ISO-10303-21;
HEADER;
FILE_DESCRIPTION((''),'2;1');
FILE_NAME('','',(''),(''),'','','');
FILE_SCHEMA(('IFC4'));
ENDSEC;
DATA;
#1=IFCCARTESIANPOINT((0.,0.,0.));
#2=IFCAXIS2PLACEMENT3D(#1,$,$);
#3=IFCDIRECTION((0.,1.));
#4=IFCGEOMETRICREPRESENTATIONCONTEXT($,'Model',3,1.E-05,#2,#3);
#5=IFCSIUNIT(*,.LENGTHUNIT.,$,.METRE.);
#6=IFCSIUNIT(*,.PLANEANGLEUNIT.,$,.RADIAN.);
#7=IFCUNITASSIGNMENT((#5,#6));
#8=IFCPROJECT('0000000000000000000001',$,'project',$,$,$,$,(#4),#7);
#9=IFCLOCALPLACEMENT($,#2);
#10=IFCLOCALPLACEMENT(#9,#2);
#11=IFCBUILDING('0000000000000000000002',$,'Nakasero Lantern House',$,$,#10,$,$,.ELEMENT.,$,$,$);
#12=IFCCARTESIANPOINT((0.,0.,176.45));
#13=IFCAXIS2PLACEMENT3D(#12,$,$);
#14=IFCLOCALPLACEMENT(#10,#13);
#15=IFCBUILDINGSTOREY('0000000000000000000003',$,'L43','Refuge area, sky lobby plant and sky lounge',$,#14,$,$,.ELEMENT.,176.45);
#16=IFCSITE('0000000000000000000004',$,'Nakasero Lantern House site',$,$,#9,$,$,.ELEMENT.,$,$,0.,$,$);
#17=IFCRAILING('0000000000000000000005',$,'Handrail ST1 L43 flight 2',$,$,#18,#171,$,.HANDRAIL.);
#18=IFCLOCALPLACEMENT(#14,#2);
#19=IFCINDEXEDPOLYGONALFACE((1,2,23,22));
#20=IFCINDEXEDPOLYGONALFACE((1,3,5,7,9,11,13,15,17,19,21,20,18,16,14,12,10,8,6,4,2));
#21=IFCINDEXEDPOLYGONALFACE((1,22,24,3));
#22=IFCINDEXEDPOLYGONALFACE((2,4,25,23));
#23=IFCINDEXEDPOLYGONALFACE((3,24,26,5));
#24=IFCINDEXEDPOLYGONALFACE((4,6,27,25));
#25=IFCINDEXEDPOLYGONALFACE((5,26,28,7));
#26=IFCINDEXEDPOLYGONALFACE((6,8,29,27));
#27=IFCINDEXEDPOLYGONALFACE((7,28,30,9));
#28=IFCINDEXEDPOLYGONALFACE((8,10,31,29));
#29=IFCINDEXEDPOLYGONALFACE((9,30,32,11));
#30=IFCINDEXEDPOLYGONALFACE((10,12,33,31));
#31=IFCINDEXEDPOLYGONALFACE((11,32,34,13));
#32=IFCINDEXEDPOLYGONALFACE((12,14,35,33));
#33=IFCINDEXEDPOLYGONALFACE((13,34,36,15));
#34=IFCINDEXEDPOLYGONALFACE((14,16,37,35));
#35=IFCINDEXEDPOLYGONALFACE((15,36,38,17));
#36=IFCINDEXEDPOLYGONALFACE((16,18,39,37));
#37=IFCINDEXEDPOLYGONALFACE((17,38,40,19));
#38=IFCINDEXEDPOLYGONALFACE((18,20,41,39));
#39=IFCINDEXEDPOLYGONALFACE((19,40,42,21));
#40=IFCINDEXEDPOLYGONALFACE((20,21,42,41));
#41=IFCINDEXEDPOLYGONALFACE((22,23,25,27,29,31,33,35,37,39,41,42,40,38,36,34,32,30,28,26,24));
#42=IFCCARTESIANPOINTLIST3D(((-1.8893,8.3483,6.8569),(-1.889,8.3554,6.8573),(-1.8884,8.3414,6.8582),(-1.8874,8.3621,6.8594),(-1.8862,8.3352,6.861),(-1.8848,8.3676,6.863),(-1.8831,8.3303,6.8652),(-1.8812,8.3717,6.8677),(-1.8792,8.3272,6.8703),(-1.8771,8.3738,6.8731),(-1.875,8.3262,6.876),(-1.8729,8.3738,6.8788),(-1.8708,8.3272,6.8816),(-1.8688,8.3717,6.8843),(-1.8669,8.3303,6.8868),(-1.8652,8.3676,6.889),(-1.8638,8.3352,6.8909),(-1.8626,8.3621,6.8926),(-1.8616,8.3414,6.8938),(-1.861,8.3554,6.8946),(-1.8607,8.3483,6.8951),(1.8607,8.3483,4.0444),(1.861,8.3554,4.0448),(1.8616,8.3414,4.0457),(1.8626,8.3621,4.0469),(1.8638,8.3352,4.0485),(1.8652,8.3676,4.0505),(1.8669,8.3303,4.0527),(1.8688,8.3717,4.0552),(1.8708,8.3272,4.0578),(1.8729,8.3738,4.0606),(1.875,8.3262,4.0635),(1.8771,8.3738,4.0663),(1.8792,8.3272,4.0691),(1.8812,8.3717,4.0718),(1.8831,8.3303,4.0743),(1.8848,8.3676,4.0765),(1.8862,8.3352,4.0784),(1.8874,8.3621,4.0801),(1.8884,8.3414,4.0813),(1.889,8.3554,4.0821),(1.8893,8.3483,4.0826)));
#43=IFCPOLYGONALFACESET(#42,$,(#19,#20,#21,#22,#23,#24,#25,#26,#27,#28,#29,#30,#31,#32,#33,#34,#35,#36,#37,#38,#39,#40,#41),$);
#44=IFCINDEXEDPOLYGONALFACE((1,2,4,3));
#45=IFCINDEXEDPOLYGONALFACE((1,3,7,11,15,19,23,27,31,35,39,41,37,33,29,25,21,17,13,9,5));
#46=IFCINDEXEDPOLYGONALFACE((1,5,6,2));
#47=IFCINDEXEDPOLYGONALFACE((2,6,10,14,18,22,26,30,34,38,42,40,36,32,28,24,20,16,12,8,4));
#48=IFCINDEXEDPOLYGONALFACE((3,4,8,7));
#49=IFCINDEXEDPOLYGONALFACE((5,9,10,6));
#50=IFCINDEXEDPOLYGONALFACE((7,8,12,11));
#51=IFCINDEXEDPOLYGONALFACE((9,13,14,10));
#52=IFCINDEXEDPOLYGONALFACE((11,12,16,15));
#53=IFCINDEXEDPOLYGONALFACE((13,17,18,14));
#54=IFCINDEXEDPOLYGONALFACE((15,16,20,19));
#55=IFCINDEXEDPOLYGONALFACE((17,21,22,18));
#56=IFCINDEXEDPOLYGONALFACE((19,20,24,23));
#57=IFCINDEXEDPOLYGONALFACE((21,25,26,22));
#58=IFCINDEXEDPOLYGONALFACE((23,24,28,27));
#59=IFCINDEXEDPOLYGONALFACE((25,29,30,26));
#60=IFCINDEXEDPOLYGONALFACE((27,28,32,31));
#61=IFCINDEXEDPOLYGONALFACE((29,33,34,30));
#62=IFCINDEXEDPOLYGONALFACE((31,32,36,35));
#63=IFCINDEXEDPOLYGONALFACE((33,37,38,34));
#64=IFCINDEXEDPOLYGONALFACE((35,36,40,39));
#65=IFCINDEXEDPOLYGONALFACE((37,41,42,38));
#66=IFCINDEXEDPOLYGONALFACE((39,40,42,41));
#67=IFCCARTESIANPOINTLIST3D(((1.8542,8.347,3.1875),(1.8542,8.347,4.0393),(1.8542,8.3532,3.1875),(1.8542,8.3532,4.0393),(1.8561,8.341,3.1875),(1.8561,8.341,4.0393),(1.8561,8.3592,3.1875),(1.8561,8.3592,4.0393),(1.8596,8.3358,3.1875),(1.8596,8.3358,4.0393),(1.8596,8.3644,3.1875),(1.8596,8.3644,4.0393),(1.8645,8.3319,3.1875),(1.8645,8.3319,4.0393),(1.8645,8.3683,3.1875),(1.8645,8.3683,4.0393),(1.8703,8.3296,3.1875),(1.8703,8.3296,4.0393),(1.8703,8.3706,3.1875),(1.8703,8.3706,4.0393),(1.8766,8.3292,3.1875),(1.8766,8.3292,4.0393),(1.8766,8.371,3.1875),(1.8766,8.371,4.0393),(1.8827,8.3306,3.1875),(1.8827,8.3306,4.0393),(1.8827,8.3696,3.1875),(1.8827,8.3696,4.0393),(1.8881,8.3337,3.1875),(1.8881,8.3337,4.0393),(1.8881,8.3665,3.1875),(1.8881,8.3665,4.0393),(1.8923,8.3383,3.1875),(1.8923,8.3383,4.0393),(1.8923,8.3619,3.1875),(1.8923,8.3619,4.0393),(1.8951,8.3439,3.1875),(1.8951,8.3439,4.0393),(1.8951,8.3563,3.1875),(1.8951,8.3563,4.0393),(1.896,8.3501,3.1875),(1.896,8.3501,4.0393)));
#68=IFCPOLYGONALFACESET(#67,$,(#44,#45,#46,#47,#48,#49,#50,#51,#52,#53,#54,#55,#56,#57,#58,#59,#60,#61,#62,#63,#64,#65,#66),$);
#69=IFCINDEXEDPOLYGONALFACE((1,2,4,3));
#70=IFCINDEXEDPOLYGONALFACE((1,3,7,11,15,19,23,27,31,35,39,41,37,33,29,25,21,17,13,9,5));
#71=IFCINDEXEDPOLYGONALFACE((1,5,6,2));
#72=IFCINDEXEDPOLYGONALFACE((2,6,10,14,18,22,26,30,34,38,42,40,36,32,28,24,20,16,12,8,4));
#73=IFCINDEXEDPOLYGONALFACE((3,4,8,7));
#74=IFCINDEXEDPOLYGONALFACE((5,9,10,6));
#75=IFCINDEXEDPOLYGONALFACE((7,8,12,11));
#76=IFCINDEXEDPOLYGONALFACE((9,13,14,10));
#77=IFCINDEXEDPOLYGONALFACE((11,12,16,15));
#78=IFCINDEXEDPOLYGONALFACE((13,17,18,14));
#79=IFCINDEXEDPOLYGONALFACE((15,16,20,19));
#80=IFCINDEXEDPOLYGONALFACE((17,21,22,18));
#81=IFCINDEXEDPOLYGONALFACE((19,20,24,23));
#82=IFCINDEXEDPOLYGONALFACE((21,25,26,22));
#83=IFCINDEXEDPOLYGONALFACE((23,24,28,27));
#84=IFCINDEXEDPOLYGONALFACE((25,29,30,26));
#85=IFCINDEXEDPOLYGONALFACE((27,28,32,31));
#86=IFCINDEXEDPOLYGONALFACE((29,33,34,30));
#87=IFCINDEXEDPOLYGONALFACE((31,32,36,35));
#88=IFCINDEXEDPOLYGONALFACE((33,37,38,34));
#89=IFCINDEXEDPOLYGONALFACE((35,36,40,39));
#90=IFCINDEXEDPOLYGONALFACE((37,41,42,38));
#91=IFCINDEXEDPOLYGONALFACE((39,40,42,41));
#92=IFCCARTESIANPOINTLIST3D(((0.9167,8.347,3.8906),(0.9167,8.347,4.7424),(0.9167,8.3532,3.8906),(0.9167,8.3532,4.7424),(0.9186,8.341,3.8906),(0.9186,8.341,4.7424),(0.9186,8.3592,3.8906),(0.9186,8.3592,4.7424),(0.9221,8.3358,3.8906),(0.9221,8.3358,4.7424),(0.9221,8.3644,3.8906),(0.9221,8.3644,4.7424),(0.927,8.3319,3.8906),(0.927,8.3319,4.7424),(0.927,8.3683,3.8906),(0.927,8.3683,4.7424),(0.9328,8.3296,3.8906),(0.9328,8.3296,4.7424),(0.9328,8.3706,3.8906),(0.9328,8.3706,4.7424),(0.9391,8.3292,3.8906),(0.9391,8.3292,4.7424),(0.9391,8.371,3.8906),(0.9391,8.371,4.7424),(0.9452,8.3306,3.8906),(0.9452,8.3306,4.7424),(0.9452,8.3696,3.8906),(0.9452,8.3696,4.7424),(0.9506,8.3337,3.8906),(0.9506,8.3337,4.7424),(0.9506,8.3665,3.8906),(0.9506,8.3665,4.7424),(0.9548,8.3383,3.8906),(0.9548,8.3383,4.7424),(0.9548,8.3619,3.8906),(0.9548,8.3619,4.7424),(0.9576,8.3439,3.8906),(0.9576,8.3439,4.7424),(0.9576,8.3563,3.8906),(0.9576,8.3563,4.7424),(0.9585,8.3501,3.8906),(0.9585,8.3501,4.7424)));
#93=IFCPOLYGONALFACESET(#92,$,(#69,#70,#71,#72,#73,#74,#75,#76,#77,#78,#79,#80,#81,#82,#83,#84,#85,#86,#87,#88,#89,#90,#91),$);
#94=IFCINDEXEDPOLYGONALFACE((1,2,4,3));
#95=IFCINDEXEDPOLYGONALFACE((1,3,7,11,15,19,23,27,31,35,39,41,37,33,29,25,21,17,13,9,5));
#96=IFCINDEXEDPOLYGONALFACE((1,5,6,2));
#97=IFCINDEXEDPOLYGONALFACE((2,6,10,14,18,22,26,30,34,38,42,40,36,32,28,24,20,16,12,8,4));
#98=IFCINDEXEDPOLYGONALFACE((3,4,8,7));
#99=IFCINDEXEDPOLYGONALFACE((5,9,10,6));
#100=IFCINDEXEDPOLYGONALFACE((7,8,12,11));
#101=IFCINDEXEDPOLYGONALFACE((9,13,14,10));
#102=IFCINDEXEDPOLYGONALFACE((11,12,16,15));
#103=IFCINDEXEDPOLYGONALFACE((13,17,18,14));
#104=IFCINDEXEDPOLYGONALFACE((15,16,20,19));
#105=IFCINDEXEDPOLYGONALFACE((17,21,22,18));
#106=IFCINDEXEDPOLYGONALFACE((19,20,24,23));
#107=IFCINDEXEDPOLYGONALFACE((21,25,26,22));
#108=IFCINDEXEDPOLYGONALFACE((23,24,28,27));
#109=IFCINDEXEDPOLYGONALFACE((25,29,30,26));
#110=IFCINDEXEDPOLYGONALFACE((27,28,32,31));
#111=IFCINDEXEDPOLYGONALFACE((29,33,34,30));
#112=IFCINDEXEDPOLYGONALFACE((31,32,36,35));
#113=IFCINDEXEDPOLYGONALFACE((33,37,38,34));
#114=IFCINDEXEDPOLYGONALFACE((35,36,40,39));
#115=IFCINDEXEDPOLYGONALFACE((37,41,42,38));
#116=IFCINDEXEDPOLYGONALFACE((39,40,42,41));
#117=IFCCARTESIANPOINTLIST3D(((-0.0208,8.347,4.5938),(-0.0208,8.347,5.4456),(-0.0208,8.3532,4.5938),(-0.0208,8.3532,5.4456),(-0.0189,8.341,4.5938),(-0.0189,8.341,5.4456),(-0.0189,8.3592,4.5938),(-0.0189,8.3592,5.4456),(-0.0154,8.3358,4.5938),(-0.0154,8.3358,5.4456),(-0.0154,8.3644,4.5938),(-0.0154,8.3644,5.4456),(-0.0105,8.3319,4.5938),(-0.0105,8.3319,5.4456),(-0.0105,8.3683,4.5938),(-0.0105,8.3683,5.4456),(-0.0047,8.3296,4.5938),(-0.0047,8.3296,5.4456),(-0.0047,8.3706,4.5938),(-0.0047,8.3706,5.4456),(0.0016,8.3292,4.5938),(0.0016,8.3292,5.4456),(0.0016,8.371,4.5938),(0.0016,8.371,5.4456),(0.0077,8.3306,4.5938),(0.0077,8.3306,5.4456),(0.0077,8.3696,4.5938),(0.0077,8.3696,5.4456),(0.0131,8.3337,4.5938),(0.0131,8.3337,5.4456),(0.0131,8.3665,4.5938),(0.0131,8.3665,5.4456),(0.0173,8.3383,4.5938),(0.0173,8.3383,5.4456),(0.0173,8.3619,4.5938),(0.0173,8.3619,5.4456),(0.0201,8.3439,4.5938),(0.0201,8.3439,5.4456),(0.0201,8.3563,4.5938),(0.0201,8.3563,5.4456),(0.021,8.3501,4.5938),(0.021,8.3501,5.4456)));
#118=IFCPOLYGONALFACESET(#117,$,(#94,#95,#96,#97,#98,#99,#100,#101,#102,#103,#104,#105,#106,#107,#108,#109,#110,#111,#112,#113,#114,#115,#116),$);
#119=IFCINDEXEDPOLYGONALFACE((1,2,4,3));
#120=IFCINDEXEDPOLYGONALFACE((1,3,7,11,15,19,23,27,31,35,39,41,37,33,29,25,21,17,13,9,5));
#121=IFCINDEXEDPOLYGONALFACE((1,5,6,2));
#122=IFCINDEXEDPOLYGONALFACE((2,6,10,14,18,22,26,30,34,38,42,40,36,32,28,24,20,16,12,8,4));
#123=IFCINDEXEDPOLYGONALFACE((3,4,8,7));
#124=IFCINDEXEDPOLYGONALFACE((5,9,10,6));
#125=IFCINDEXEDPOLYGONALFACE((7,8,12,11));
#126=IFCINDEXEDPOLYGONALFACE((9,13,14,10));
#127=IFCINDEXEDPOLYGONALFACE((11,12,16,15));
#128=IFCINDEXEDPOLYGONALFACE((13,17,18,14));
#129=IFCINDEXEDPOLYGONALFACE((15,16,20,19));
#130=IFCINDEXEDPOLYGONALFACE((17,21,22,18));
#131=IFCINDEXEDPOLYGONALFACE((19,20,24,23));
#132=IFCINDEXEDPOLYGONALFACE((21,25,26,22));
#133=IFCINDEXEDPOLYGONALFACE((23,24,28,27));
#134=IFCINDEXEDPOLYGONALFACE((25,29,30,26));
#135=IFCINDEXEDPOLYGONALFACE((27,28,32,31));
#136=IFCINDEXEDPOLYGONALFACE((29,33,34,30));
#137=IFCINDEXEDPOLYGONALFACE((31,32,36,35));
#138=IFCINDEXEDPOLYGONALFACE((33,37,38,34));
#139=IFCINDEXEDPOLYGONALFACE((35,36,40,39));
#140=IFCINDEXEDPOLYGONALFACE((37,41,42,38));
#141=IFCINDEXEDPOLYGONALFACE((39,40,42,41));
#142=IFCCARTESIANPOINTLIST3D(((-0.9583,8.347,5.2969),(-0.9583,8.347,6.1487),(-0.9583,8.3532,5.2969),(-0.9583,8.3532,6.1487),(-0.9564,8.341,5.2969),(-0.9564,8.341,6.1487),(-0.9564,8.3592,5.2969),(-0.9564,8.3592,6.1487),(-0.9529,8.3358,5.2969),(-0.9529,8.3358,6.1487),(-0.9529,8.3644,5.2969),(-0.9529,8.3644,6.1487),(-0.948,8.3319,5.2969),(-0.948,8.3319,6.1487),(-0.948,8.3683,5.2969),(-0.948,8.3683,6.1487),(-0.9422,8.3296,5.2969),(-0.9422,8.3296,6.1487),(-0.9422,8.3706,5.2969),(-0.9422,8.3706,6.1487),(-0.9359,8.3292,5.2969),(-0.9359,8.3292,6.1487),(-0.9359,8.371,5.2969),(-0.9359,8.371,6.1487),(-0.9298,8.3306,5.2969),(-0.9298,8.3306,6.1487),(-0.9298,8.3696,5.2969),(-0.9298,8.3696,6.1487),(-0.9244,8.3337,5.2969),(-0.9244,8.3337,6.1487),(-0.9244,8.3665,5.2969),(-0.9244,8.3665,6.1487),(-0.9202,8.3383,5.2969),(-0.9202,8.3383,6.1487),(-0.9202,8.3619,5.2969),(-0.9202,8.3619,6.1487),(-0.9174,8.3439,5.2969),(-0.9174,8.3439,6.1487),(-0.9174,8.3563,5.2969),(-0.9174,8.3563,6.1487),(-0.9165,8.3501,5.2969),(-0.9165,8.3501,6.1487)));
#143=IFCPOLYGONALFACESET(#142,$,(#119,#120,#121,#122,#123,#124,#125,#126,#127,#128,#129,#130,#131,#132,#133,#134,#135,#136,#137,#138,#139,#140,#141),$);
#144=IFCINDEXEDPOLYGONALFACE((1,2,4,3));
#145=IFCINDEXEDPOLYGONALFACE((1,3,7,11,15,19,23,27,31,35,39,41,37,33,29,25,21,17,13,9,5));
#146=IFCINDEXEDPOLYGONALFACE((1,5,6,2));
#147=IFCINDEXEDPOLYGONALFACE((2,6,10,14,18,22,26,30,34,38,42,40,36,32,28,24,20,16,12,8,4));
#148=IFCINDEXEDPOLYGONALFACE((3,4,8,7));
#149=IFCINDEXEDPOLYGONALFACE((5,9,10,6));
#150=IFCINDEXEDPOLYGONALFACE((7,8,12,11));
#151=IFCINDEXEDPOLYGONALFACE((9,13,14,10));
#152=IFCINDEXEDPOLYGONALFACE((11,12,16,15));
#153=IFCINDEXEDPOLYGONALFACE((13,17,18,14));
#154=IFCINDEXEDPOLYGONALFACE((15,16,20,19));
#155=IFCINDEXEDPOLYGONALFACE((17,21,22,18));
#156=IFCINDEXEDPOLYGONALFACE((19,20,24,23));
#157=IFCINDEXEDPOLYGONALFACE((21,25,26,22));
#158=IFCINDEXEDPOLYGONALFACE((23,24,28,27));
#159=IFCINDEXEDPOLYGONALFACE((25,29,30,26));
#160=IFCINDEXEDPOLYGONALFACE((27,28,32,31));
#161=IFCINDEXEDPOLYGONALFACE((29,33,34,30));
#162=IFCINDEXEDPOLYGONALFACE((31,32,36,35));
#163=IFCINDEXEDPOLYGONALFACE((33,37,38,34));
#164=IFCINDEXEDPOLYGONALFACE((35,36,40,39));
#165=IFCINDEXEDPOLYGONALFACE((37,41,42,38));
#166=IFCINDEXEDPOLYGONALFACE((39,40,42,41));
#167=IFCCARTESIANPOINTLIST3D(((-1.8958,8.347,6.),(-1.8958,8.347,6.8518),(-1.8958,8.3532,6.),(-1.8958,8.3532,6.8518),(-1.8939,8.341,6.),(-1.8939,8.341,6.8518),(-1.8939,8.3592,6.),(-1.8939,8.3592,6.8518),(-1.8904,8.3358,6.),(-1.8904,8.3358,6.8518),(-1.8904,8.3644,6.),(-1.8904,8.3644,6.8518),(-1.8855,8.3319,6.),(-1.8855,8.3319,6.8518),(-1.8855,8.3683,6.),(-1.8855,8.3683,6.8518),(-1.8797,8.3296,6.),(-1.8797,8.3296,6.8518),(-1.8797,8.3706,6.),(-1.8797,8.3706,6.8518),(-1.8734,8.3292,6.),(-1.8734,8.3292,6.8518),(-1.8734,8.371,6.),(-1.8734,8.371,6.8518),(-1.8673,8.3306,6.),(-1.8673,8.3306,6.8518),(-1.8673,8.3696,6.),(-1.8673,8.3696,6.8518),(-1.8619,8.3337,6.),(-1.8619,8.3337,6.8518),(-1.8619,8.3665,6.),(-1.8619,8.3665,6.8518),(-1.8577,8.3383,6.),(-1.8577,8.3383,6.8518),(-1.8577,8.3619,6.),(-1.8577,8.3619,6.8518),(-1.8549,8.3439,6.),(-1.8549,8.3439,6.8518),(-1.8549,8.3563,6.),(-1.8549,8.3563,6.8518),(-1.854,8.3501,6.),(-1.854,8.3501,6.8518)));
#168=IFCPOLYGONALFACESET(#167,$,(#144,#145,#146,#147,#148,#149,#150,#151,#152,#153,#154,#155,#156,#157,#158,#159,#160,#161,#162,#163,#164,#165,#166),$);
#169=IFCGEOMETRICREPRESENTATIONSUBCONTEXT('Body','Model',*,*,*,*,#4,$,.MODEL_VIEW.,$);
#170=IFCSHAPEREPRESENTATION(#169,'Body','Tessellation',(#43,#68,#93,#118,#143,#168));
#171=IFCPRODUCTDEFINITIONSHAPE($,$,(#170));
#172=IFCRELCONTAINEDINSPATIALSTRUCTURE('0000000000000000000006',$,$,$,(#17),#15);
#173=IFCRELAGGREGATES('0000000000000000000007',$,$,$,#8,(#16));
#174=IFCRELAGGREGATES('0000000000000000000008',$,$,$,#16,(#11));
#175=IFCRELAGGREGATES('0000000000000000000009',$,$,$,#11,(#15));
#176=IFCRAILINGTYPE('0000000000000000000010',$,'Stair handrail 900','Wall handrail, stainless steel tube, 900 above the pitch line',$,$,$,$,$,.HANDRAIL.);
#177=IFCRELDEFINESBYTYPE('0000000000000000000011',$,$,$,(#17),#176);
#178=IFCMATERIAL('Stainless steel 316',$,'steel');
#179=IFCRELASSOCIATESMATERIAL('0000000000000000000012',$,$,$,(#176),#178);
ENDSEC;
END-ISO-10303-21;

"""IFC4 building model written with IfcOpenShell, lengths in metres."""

from ifc_helpers import new_model, si_unit, direction, frame, origin, origin_2d, place, context, subcontext, project, spatial, circle, extrude, material, type_object, element, save


model = new_model("IFC4")

# Units and contexts
model_context = context("Model", 3, precision=1e-05, world=origin(), true_north=direction((0.0, 1.0)))
body_context = subcontext(model_context, "Body", "Model", "MODEL_VIEW")
ifc_project = project(units=[si_unit("LENGTHUNIT", "METRE"), si_unit("PLANEANGLEUNIT", "RADIAN")], contexts=[model_context])

# Site, building, storey
site_placement = place(None, origin())
site = spatial("IfcSite", under=ifc_project, at=site_placement, Name="Nakasero Lantern House site", CompositionType="ELEMENT", RefElevation=0.0)
building_placement = place(site_placement, origin())
building = spatial("IfcBuilding", under=site, at=building_placement, Name="Nakasero Lantern House", CompositionType="ELEMENT")
storey_placement = place(building_placement, frame((0.0, 0.0, 176.45)))
storey = spatial("IfcBuildingStorey", under=building, at=storey_placement, Name="L43", Description="Refuge area, sky lobby plant and sky lounge", CompositionType="ELEMENT", Elevation=176.45)

# Railing
ifc_material_1 = material(Name="Stainless steel 316", Category="steel")
railing_type = type_object("IfcRailingType", Name="Stair handrail 900", Description="Wall handrail, stainless steel tube, 900 above the pitch line", PredefinedType="HANDRAIL", material=ifc_material_1)
railing_placement = place(storey_placement, frame((1.875, 8.3501, 3.1875)))
element("IfcRailing", 1, at=railing_placement, inside=storey, type_object=railing_type, Name="Handrail ST1 L43 flight 2", PredefinedType="HANDRAIL", context=body_context, shape_type="SweptSolid", body=[
    extrude(circle(Radius=0.0239, at=origin_2d()), frame((0.0, 0.0, 0.876), z_axis=(-0.8, 0.0, 0.6), x_axis=(0.0, -1.0, 0.0)), (0.0, 0.0, 1.0), 4.6875),
    extrude(circle(Radius=0.021, at=origin_2d()), origin(), (0.0, 0.0, 1.0), 0.8518),
    extrude(circle(Radius=0.021, at=origin_2d()), frame((-0.9375, 0.0, 0.7031)), (0.0, 0.0, 1.0), 0.8518),
    extrude(circle(Radius=0.021, at=origin_2d()), frame((-1.875, 0.0, 1.4062)), (0.0, 0.0, 1.0), 0.8518),
    extrude(circle(Radius=0.021, at=origin_2d()), frame((-2.8125, 0.0, 2.1094)), (0.0, 0.0, 1.0), 0.8518),
    extrude(circle(Radius=0.021, at=origin_2d()), frame((-3.75, 0.0, 2.8125)), (0.0, 0.0, 1.0), 0.8518),
])

save(model, "model.ifc")
